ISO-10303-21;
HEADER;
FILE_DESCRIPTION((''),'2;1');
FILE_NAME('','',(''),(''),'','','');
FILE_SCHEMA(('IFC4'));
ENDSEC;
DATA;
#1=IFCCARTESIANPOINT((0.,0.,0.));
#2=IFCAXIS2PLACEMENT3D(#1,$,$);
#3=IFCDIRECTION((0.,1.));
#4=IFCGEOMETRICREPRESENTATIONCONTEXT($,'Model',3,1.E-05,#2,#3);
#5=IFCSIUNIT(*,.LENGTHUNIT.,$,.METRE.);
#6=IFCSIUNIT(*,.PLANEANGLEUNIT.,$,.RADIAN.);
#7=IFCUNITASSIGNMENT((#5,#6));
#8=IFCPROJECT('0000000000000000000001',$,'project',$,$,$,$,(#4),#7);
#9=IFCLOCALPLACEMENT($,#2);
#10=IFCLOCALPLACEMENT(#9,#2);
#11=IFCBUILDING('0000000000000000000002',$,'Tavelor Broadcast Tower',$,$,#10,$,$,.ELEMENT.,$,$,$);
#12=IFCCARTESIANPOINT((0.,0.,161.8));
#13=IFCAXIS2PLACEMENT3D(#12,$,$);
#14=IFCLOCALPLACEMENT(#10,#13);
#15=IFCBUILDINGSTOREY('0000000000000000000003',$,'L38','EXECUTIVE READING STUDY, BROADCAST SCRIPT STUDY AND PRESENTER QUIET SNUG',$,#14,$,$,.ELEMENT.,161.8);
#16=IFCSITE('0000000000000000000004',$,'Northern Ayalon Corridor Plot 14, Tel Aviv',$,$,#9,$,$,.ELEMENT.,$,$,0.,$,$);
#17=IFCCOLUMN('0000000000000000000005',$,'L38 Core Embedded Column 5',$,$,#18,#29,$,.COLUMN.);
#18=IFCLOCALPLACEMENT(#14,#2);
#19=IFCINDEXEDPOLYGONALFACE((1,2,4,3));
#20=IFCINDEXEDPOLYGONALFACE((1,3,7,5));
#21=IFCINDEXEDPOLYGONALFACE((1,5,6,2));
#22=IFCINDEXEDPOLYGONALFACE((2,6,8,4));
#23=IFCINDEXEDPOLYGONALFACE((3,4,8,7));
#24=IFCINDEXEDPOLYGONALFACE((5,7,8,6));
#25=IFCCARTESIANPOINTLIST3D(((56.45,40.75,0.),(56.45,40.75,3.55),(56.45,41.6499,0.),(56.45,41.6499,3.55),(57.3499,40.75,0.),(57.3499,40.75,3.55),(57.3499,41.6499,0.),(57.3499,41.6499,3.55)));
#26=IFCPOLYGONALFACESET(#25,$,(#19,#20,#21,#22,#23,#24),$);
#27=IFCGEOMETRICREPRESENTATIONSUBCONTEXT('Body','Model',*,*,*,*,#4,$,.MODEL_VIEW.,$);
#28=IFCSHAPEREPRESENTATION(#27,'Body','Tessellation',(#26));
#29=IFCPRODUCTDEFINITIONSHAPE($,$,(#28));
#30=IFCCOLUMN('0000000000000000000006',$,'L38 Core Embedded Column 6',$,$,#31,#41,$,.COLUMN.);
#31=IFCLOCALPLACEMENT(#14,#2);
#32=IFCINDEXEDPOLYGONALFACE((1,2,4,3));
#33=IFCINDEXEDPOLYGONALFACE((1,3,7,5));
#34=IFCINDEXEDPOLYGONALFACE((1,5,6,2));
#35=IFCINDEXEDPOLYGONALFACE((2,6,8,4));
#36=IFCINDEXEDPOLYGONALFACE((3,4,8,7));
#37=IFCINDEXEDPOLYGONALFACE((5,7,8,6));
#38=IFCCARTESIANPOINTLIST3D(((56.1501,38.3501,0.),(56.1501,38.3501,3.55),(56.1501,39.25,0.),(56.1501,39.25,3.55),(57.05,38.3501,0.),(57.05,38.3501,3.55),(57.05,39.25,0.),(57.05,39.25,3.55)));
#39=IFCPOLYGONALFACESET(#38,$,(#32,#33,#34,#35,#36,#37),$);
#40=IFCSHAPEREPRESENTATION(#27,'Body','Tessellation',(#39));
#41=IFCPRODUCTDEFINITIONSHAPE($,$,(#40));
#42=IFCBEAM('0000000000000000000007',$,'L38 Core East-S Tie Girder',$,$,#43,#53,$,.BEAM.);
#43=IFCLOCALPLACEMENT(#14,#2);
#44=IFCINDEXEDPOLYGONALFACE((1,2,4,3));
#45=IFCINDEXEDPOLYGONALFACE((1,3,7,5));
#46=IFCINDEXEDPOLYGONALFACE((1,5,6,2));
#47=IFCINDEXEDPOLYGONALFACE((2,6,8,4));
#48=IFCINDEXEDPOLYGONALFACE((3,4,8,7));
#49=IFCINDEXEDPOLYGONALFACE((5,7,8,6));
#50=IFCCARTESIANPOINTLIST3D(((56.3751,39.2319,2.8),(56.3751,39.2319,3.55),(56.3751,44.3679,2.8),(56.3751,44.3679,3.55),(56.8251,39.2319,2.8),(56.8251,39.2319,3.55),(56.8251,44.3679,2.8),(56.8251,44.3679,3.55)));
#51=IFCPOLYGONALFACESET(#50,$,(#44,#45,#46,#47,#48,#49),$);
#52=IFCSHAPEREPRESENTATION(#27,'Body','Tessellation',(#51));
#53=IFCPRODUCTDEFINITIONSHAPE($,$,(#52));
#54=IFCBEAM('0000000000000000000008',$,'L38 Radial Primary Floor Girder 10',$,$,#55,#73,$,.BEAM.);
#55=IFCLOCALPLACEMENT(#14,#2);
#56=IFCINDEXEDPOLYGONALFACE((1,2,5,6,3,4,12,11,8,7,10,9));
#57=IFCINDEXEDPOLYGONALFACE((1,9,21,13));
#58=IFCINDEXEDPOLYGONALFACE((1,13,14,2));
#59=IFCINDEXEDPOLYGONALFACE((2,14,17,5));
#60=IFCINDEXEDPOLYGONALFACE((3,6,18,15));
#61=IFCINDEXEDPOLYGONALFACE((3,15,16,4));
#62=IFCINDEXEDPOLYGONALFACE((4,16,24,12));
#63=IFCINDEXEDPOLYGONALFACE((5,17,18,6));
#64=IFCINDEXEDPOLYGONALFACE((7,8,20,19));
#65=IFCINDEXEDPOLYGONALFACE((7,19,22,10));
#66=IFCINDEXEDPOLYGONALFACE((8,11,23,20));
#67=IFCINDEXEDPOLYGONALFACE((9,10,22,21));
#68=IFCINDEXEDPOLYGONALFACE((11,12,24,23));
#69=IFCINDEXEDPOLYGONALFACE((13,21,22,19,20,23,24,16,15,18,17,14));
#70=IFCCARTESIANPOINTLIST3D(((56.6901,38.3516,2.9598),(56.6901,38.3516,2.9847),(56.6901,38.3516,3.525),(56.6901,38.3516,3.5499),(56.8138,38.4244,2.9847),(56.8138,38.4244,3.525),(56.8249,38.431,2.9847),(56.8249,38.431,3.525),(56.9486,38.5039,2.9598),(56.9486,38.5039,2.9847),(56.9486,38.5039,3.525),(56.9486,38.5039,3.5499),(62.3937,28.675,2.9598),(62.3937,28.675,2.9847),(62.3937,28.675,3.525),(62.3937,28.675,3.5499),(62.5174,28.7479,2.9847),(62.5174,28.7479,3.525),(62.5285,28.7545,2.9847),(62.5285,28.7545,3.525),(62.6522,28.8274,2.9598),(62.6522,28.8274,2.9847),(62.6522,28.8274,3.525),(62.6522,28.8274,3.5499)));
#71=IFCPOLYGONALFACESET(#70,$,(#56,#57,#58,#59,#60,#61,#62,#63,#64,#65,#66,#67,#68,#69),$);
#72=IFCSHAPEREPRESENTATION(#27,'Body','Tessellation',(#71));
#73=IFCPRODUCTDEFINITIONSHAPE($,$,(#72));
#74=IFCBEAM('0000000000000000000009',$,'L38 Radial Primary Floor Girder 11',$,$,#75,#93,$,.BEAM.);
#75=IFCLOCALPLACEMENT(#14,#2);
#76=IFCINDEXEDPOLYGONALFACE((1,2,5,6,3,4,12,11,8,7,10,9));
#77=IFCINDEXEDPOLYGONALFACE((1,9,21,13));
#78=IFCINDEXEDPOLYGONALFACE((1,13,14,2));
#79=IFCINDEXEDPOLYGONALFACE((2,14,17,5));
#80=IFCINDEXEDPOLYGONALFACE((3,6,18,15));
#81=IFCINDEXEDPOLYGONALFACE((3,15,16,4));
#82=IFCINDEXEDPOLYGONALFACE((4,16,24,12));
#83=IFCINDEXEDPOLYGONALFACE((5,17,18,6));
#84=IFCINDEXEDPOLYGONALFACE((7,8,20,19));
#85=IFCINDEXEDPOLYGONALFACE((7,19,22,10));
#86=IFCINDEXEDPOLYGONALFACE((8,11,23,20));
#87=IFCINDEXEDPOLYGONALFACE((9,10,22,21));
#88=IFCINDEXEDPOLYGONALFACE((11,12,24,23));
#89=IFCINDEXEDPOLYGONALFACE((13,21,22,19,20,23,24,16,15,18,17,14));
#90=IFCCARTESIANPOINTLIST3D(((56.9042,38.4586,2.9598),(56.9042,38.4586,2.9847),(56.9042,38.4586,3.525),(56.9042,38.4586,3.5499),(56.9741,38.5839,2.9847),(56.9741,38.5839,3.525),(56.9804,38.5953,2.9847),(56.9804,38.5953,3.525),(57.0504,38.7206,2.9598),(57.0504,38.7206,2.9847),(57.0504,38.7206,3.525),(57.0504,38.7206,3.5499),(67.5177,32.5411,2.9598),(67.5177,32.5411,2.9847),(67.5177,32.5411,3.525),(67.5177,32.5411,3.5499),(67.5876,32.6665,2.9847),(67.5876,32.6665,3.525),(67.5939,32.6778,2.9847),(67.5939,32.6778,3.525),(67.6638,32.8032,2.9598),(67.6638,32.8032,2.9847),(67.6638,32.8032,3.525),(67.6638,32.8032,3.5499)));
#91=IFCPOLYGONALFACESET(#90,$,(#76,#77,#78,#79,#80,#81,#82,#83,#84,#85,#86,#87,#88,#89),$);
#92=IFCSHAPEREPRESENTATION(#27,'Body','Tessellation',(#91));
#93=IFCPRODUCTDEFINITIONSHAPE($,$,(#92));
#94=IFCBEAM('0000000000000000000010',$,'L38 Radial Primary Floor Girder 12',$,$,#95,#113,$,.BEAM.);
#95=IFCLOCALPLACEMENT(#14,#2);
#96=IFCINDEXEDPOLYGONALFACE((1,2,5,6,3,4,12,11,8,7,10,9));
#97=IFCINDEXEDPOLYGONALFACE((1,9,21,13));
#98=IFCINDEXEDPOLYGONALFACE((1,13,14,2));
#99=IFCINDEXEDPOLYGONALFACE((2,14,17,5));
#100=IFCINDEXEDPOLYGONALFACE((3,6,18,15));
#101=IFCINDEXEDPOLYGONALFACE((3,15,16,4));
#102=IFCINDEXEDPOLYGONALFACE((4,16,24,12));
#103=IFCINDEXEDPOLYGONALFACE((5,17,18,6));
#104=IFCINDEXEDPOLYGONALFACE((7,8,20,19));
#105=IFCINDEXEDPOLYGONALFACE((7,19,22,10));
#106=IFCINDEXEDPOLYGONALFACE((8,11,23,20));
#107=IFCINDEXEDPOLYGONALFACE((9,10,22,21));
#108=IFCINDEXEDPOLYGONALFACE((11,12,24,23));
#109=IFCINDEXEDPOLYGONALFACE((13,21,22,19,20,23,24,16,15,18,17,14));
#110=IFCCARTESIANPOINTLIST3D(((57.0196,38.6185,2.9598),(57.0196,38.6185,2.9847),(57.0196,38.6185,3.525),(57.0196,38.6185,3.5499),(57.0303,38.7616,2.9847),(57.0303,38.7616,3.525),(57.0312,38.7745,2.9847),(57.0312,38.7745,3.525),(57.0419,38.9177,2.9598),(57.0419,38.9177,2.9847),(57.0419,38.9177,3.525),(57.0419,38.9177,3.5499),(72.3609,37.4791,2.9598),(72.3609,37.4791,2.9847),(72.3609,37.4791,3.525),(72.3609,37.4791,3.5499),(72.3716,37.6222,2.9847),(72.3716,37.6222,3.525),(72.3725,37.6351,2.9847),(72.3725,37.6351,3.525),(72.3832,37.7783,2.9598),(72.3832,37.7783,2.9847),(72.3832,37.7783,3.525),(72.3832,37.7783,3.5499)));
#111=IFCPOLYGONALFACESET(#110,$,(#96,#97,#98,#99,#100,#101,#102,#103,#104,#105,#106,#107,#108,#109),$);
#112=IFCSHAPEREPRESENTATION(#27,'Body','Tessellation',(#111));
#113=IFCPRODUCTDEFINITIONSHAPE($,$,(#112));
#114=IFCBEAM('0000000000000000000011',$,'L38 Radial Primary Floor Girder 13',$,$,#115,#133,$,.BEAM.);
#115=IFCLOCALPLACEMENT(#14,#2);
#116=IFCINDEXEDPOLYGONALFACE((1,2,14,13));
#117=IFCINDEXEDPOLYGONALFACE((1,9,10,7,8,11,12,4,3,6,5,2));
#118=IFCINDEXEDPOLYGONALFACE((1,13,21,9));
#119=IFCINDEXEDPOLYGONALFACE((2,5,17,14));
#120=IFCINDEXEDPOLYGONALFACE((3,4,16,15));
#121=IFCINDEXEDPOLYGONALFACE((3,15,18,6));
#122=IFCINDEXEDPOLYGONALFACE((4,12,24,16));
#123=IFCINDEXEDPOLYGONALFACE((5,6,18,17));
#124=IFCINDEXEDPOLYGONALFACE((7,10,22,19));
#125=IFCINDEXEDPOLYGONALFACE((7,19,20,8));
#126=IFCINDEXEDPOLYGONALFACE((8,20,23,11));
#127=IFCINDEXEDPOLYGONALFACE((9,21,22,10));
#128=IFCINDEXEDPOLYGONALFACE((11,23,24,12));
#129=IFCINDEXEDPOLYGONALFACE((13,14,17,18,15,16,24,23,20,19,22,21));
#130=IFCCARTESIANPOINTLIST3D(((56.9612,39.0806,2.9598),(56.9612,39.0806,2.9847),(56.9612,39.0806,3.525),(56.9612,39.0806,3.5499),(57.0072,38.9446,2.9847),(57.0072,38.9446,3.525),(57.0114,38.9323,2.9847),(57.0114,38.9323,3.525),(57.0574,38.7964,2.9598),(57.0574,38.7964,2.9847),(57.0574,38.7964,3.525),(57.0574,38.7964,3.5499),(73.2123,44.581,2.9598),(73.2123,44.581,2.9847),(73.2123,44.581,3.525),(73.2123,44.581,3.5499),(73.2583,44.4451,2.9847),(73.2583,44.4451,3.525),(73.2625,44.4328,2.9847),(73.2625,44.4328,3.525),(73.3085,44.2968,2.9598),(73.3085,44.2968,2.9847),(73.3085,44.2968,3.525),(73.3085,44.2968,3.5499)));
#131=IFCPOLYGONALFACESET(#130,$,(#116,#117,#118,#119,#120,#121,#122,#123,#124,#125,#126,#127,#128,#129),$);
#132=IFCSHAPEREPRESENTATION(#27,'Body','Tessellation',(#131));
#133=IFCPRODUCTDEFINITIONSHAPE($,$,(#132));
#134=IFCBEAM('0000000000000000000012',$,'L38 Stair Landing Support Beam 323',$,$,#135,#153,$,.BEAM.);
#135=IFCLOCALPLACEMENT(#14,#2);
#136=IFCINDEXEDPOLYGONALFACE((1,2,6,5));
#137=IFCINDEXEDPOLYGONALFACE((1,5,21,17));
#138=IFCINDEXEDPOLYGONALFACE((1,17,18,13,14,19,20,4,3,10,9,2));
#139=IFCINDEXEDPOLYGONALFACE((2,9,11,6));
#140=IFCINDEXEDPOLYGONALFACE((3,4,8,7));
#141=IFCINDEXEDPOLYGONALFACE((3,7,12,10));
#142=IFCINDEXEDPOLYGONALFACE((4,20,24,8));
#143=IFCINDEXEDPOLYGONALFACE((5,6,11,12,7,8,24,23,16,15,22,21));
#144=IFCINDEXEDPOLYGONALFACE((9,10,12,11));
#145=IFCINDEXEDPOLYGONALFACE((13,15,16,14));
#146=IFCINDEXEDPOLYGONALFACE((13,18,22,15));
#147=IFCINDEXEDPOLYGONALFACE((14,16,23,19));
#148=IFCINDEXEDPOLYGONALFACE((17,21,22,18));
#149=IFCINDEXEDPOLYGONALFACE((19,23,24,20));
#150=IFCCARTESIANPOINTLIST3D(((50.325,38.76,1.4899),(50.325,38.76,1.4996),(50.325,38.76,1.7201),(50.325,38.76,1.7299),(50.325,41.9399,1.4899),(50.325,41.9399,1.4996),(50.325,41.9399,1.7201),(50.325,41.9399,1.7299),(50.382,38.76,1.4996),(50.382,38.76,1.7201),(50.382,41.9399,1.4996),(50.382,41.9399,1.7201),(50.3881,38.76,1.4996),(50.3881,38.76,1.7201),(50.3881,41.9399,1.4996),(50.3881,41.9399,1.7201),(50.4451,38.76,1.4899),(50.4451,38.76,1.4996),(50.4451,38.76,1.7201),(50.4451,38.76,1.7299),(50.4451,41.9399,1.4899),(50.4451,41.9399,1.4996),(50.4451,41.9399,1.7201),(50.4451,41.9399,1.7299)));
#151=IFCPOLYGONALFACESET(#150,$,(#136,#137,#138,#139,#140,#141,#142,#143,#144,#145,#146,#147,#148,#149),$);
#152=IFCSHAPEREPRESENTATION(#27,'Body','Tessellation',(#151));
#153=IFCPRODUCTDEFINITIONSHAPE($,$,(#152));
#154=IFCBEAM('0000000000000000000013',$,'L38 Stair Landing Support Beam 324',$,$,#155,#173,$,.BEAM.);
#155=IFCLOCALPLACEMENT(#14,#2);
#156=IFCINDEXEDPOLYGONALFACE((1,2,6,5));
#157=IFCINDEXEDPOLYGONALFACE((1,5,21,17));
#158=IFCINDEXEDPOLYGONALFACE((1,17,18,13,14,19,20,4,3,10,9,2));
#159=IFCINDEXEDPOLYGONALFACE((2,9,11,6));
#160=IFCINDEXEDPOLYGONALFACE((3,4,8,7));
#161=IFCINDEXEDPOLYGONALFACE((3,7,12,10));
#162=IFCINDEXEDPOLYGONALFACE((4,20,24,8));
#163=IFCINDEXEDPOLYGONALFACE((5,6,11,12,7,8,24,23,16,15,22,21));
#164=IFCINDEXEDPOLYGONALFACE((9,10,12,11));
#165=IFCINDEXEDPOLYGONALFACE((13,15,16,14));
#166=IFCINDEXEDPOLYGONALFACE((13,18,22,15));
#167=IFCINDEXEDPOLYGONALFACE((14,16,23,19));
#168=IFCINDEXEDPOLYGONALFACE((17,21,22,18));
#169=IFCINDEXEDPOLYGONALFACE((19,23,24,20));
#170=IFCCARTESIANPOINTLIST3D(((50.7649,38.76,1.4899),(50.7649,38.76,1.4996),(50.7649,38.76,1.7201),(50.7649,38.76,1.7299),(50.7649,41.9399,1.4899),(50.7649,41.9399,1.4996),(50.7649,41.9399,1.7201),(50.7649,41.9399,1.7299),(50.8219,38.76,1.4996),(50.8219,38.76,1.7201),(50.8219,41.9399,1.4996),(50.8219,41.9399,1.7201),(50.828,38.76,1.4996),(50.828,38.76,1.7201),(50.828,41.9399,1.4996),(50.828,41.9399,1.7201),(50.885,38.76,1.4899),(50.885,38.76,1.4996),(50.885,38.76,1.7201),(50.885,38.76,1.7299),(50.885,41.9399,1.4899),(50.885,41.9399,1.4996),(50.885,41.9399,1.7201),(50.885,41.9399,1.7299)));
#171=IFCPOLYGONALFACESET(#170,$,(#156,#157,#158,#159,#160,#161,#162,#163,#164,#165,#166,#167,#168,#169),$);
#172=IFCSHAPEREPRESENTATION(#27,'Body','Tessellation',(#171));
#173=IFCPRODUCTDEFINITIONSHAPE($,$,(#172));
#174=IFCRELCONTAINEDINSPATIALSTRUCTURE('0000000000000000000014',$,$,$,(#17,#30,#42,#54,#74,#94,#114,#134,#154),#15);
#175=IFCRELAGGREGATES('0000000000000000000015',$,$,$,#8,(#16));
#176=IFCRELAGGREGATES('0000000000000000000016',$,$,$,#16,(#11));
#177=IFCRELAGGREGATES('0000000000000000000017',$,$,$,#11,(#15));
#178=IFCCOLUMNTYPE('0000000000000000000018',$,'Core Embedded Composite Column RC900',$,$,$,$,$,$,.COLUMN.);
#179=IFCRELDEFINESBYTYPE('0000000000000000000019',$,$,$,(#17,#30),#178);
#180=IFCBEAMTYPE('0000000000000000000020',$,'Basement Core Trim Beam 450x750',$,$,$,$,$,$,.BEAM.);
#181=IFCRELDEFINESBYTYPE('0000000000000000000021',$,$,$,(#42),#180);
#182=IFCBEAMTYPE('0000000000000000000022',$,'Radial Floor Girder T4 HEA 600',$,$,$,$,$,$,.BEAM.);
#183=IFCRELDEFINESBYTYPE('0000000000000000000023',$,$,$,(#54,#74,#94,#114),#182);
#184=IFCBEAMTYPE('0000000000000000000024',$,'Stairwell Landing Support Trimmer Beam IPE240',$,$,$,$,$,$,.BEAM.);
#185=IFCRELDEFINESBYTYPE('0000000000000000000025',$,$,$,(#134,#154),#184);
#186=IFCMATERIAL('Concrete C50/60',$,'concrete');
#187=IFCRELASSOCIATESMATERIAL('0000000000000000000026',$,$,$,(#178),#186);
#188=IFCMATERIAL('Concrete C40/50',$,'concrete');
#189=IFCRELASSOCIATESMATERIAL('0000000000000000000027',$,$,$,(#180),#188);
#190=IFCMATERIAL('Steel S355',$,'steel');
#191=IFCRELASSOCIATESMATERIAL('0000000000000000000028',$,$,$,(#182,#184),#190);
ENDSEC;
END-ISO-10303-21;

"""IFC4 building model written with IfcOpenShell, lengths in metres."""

from ifc_helpers import new_model, si_unit, direction, frame, origin, origin_2d, place, context, subcontext, project, spatial, rectangle, i_section, extrude, material, material_profile, profile_set, type_object, element, save


model = new_model("IFC4")

# Units and contexts
model_context = context("Model", 3, precision=1e-05, world=origin(), true_north=direction((0.0, 1.0)))
body_context = subcontext(model_context, "Body", "Model", "MODEL_VIEW")
ifc_project = project(units=[si_unit("LENGTHUNIT", "METRE"), si_unit("PLANEANGLEUNIT", "RADIAN")], contexts=[model_context])

# Site, building, storey
site_placement = place(None, origin())
site = spatial("IfcSite", under=ifc_project, at=site_placement, Name="Northern Ayalon Corridor Plot 14, Tel Aviv", CompositionType="ELEMENT", RefElevation=0.0)
building_placement = place(site_placement, origin())
building = spatial("IfcBuilding", under=site, at=building_placement, Name="Tavelor Broadcast Tower", CompositionType="ELEMENT")
storey_placement = place(building_placement, frame((0.0, 0.0, 161.8)))
storey = spatial("IfcBuildingStorey", under=building, at=storey_placement, Name="L38", Description="EXECUTIVE READING STUDY, BROADCAST SCRIPT STUDY AND PRESENTER QUIET SNUG", CompositionType="ELEMENT", Elevation=161.8)

# Columns
ifc_material_1 = material(Name="Concrete C50/60", Category="concrete")
ifc_material_profile_1 = material_profile(ifc_material_1, rectangle(XDim=0.8999, YDim=0.8999, at=origin_2d()), Name="RC 900x900")
ifc_profile_set_1 = profile_set([ifc_material_profile_1], Name="Concrete C50/60")
column_type = type_object("IfcColumnType", Name="Core Embedded Composite Column RC900", PredefinedType="COLUMN", material=ifc_profile_set_1)
for number, where, z_axis, x_axis, name in (
    (1, (56.8999, 41.2, 0.0), (0.0, 0.0, 1.0), (1.0, 0.0, 0.0), "L38 Core Embedded Column 5"),
    (2, (56.6001, 38.8, 0.0), (0.0, 0.0, 1.0), (1.0, 0.0, 0.0), "L38 Core Embedded Column 6"),
):
    element("IfcColumn", number, at=place(storey_placement, frame(where, z_axis=z_axis, x_axis=x_axis)), inside=storey, type_object=column_type, Name=name, PredefinedType="COLUMN", context=body_context, shape_type="SweptSolid", body=[
        extrude(rectangle(XDim=0.8999, YDim=0.8999, at=origin_2d()), origin(), (0.0, 0.0, 1.0), 3.55),
    ])

# Beams
ifc_material_2 = material(Name="Concrete C40/50", Category="concrete")
ifc_material_profile_2 = material_profile(ifc_material_2, rectangle(XDim=0.45, YDim=0.75, at=origin_2d()), Name="RC 450x750")
ifc_profile_set_2 = profile_set([ifc_material_profile_2], Name="Concrete C40/50")
beam_type_1 = type_object("IfcBeamType", Name="Basement Core Trim Beam 450x750", PredefinedType="BEAM", material=ifc_profile_set_2)
beam_1_placement = place(storey_placement, frame((56.6001, 39.2319, 3.175), z_axis=(0.0, 1.0, 0.0), x_axis=(-1.0, 0.0, 0.0)))
element("IfcBeam", 3, at=beam_1_placement, inside=storey, type_object=beam_type_1, Name="L38 Core East-S Tie Girder", PredefinedType="BEAM", context=body_context, shape_type="SweptSolid", body=[
    extrude(rectangle(XDim=0.45, YDim=0.75, at=origin_2d()), origin(), (0.0, 0.0, 1.0), 5.136),
])
ifc_material_3 = material(Name="Steel S355", Category="steel")
ifc_material_profile_3 = material_profile(ifc_material_3, i_section(OverallWidth=0.3, OverallDepth=0.5901, WebThickness=0.0129, FlangeThickness=0.0249, at=origin_2d()), Name="HEA 600")
ifc_profile_set_3 = profile_set([ifc_material_profile_3], Name="Steel S355")
beam_type_2 = type_object("IfcBeamType", Name="Radial Floor Girder T4 HEA 600", PredefinedType="BEAM", material=ifc_profile_set_3)
beam_2_placement = place(storey_placement, frame((56.8193, 38.4277, 3.2549), z_axis=(0.507784, -0.861485, 0.0), x_axis=(0.861485, 0.507784, 0.0)))
element("IfcBeam", 4, at=beam_2_placement, inside=storey, type_object=beam_type_2, Name="L38 Radial Primary Floor Girder 10", PredefinedType="BEAM", context=body_context, shape_type="SweptSolid", body=[
    extrude(i_section(OverallWidth=0.3, OverallDepth=0.5901, WebThickness=0.0129, FlangeThickness=0.0249, at=origin_2d()), origin(), (0.0, 0.0, 1.0), 11.2324),
])
beam_3_placement = place(storey_placement, frame((56.9773, 38.5896, 3.2549), z_axis=(0.87342, -0.486968, 0.0), x_axis=(0.486968, 0.87342, 0.0)))
element("IfcBeam", 5, at=beam_3_placement, inside=storey, type_object=beam_type_2, Name="L38 Radial Primary Floor Girder 11", PredefinedType="BEAM", context=body_context, shape_type="SweptSolid", body=[
    extrude(i_section(OverallWidth=0.3, OverallDepth=0.5901, WebThickness=0.0129, FlangeThickness=0.0249, at=origin_2d()), origin(), (0.0, 0.0, 1.0), 12.1516),
])
beam_4_placement = place(storey_placement, frame((57.0308, 38.7681, 3.2549), z_axis=(0.997253, -0.074066, 0.0), x_axis=(0.074066, 0.997253, 0.0)))
element("IfcBeam", 6, at=beam_4_placement, inside=storey, type_object=beam_type_2, Name="L38 Radial Primary Floor Girder 12", PredefinedType="BEAM", context=body_context, shape_type="SweptSolid", body=[
    extrude(i_section(OverallWidth=0.3, OverallDepth=0.5901, WebThickness=0.0129, FlangeThickness=0.0249, at=origin_2d()), origin(), (0.0, 0.0, 1.0), 15.3835),
])
beam_5_placement = place(storey_placement, frame((57.0093, 38.9385, 3.2549), z_axis=(0.947215, 0.3206, 0.0), x_axis=(-0.3206, 0.947215, 0.0)))
element("IfcBeam", 7, at=beam_5_placement, inside=storey, type_object=beam_type_2, Name="L38 Radial Primary Floor Girder 13", PredefinedType="BEAM", context=body_context, shape_type="SweptSolid", body=[
    extrude(i_section(OverallWidth=0.3, OverallDepth=0.5901, WebThickness=0.0129, FlangeThickness=0.0249, at=origin_2d()), origin(), (0.0, 0.0, 1.0), 17.1567),
])
ifc_material_profile_4 = material_profile(ifc_material_3, i_section(OverallWidth=0.1201, OverallDepth=0.24, WebThickness=0.0061, FlangeThickness=0.0098, at=origin_2d()), Name="IPE 240")
ifc_profile_set_4 = profile_set([ifc_material_profile_4], Name="Steel S355")
beam_type_3 = type_object("IfcBeamType", Name="Stairwell Landing Support Trimmer Beam IPE240", PredefinedType="BEAM", material=ifc_profile_set_4)
for number, where, z_axis, x_axis, name in (
    (8, (50.385, 38.76, 1.6099), (0.0, 1.0, 0.0), (-1.0, 0.0, 0.0), "L38 Stair Landing Support Beam 323"),
    (9, (50.825, 38.76, 1.6099), (0.0, 1.0, 0.0), (-1.0, 0.0, 0.0), "L38 Stair Landing Support Beam 324"),
):
    element("IfcBeam", number, at=place(storey_placement, frame(where, z_axis=z_axis, x_axis=x_axis)), inside=storey, type_object=beam_type_3, Name=name, PredefinedType="BEAM", context=body_context, shape_type="SweptSolid", body=[
        extrude(i_section(OverallWidth=0.1201, OverallDepth=0.24, WebThickness=0.0061, FlangeThickness=0.0098, at=origin_2d()), origin(), (0.0, 0.0, 1.0), 3.1799),
    ])

save(model, "model.ifc")
